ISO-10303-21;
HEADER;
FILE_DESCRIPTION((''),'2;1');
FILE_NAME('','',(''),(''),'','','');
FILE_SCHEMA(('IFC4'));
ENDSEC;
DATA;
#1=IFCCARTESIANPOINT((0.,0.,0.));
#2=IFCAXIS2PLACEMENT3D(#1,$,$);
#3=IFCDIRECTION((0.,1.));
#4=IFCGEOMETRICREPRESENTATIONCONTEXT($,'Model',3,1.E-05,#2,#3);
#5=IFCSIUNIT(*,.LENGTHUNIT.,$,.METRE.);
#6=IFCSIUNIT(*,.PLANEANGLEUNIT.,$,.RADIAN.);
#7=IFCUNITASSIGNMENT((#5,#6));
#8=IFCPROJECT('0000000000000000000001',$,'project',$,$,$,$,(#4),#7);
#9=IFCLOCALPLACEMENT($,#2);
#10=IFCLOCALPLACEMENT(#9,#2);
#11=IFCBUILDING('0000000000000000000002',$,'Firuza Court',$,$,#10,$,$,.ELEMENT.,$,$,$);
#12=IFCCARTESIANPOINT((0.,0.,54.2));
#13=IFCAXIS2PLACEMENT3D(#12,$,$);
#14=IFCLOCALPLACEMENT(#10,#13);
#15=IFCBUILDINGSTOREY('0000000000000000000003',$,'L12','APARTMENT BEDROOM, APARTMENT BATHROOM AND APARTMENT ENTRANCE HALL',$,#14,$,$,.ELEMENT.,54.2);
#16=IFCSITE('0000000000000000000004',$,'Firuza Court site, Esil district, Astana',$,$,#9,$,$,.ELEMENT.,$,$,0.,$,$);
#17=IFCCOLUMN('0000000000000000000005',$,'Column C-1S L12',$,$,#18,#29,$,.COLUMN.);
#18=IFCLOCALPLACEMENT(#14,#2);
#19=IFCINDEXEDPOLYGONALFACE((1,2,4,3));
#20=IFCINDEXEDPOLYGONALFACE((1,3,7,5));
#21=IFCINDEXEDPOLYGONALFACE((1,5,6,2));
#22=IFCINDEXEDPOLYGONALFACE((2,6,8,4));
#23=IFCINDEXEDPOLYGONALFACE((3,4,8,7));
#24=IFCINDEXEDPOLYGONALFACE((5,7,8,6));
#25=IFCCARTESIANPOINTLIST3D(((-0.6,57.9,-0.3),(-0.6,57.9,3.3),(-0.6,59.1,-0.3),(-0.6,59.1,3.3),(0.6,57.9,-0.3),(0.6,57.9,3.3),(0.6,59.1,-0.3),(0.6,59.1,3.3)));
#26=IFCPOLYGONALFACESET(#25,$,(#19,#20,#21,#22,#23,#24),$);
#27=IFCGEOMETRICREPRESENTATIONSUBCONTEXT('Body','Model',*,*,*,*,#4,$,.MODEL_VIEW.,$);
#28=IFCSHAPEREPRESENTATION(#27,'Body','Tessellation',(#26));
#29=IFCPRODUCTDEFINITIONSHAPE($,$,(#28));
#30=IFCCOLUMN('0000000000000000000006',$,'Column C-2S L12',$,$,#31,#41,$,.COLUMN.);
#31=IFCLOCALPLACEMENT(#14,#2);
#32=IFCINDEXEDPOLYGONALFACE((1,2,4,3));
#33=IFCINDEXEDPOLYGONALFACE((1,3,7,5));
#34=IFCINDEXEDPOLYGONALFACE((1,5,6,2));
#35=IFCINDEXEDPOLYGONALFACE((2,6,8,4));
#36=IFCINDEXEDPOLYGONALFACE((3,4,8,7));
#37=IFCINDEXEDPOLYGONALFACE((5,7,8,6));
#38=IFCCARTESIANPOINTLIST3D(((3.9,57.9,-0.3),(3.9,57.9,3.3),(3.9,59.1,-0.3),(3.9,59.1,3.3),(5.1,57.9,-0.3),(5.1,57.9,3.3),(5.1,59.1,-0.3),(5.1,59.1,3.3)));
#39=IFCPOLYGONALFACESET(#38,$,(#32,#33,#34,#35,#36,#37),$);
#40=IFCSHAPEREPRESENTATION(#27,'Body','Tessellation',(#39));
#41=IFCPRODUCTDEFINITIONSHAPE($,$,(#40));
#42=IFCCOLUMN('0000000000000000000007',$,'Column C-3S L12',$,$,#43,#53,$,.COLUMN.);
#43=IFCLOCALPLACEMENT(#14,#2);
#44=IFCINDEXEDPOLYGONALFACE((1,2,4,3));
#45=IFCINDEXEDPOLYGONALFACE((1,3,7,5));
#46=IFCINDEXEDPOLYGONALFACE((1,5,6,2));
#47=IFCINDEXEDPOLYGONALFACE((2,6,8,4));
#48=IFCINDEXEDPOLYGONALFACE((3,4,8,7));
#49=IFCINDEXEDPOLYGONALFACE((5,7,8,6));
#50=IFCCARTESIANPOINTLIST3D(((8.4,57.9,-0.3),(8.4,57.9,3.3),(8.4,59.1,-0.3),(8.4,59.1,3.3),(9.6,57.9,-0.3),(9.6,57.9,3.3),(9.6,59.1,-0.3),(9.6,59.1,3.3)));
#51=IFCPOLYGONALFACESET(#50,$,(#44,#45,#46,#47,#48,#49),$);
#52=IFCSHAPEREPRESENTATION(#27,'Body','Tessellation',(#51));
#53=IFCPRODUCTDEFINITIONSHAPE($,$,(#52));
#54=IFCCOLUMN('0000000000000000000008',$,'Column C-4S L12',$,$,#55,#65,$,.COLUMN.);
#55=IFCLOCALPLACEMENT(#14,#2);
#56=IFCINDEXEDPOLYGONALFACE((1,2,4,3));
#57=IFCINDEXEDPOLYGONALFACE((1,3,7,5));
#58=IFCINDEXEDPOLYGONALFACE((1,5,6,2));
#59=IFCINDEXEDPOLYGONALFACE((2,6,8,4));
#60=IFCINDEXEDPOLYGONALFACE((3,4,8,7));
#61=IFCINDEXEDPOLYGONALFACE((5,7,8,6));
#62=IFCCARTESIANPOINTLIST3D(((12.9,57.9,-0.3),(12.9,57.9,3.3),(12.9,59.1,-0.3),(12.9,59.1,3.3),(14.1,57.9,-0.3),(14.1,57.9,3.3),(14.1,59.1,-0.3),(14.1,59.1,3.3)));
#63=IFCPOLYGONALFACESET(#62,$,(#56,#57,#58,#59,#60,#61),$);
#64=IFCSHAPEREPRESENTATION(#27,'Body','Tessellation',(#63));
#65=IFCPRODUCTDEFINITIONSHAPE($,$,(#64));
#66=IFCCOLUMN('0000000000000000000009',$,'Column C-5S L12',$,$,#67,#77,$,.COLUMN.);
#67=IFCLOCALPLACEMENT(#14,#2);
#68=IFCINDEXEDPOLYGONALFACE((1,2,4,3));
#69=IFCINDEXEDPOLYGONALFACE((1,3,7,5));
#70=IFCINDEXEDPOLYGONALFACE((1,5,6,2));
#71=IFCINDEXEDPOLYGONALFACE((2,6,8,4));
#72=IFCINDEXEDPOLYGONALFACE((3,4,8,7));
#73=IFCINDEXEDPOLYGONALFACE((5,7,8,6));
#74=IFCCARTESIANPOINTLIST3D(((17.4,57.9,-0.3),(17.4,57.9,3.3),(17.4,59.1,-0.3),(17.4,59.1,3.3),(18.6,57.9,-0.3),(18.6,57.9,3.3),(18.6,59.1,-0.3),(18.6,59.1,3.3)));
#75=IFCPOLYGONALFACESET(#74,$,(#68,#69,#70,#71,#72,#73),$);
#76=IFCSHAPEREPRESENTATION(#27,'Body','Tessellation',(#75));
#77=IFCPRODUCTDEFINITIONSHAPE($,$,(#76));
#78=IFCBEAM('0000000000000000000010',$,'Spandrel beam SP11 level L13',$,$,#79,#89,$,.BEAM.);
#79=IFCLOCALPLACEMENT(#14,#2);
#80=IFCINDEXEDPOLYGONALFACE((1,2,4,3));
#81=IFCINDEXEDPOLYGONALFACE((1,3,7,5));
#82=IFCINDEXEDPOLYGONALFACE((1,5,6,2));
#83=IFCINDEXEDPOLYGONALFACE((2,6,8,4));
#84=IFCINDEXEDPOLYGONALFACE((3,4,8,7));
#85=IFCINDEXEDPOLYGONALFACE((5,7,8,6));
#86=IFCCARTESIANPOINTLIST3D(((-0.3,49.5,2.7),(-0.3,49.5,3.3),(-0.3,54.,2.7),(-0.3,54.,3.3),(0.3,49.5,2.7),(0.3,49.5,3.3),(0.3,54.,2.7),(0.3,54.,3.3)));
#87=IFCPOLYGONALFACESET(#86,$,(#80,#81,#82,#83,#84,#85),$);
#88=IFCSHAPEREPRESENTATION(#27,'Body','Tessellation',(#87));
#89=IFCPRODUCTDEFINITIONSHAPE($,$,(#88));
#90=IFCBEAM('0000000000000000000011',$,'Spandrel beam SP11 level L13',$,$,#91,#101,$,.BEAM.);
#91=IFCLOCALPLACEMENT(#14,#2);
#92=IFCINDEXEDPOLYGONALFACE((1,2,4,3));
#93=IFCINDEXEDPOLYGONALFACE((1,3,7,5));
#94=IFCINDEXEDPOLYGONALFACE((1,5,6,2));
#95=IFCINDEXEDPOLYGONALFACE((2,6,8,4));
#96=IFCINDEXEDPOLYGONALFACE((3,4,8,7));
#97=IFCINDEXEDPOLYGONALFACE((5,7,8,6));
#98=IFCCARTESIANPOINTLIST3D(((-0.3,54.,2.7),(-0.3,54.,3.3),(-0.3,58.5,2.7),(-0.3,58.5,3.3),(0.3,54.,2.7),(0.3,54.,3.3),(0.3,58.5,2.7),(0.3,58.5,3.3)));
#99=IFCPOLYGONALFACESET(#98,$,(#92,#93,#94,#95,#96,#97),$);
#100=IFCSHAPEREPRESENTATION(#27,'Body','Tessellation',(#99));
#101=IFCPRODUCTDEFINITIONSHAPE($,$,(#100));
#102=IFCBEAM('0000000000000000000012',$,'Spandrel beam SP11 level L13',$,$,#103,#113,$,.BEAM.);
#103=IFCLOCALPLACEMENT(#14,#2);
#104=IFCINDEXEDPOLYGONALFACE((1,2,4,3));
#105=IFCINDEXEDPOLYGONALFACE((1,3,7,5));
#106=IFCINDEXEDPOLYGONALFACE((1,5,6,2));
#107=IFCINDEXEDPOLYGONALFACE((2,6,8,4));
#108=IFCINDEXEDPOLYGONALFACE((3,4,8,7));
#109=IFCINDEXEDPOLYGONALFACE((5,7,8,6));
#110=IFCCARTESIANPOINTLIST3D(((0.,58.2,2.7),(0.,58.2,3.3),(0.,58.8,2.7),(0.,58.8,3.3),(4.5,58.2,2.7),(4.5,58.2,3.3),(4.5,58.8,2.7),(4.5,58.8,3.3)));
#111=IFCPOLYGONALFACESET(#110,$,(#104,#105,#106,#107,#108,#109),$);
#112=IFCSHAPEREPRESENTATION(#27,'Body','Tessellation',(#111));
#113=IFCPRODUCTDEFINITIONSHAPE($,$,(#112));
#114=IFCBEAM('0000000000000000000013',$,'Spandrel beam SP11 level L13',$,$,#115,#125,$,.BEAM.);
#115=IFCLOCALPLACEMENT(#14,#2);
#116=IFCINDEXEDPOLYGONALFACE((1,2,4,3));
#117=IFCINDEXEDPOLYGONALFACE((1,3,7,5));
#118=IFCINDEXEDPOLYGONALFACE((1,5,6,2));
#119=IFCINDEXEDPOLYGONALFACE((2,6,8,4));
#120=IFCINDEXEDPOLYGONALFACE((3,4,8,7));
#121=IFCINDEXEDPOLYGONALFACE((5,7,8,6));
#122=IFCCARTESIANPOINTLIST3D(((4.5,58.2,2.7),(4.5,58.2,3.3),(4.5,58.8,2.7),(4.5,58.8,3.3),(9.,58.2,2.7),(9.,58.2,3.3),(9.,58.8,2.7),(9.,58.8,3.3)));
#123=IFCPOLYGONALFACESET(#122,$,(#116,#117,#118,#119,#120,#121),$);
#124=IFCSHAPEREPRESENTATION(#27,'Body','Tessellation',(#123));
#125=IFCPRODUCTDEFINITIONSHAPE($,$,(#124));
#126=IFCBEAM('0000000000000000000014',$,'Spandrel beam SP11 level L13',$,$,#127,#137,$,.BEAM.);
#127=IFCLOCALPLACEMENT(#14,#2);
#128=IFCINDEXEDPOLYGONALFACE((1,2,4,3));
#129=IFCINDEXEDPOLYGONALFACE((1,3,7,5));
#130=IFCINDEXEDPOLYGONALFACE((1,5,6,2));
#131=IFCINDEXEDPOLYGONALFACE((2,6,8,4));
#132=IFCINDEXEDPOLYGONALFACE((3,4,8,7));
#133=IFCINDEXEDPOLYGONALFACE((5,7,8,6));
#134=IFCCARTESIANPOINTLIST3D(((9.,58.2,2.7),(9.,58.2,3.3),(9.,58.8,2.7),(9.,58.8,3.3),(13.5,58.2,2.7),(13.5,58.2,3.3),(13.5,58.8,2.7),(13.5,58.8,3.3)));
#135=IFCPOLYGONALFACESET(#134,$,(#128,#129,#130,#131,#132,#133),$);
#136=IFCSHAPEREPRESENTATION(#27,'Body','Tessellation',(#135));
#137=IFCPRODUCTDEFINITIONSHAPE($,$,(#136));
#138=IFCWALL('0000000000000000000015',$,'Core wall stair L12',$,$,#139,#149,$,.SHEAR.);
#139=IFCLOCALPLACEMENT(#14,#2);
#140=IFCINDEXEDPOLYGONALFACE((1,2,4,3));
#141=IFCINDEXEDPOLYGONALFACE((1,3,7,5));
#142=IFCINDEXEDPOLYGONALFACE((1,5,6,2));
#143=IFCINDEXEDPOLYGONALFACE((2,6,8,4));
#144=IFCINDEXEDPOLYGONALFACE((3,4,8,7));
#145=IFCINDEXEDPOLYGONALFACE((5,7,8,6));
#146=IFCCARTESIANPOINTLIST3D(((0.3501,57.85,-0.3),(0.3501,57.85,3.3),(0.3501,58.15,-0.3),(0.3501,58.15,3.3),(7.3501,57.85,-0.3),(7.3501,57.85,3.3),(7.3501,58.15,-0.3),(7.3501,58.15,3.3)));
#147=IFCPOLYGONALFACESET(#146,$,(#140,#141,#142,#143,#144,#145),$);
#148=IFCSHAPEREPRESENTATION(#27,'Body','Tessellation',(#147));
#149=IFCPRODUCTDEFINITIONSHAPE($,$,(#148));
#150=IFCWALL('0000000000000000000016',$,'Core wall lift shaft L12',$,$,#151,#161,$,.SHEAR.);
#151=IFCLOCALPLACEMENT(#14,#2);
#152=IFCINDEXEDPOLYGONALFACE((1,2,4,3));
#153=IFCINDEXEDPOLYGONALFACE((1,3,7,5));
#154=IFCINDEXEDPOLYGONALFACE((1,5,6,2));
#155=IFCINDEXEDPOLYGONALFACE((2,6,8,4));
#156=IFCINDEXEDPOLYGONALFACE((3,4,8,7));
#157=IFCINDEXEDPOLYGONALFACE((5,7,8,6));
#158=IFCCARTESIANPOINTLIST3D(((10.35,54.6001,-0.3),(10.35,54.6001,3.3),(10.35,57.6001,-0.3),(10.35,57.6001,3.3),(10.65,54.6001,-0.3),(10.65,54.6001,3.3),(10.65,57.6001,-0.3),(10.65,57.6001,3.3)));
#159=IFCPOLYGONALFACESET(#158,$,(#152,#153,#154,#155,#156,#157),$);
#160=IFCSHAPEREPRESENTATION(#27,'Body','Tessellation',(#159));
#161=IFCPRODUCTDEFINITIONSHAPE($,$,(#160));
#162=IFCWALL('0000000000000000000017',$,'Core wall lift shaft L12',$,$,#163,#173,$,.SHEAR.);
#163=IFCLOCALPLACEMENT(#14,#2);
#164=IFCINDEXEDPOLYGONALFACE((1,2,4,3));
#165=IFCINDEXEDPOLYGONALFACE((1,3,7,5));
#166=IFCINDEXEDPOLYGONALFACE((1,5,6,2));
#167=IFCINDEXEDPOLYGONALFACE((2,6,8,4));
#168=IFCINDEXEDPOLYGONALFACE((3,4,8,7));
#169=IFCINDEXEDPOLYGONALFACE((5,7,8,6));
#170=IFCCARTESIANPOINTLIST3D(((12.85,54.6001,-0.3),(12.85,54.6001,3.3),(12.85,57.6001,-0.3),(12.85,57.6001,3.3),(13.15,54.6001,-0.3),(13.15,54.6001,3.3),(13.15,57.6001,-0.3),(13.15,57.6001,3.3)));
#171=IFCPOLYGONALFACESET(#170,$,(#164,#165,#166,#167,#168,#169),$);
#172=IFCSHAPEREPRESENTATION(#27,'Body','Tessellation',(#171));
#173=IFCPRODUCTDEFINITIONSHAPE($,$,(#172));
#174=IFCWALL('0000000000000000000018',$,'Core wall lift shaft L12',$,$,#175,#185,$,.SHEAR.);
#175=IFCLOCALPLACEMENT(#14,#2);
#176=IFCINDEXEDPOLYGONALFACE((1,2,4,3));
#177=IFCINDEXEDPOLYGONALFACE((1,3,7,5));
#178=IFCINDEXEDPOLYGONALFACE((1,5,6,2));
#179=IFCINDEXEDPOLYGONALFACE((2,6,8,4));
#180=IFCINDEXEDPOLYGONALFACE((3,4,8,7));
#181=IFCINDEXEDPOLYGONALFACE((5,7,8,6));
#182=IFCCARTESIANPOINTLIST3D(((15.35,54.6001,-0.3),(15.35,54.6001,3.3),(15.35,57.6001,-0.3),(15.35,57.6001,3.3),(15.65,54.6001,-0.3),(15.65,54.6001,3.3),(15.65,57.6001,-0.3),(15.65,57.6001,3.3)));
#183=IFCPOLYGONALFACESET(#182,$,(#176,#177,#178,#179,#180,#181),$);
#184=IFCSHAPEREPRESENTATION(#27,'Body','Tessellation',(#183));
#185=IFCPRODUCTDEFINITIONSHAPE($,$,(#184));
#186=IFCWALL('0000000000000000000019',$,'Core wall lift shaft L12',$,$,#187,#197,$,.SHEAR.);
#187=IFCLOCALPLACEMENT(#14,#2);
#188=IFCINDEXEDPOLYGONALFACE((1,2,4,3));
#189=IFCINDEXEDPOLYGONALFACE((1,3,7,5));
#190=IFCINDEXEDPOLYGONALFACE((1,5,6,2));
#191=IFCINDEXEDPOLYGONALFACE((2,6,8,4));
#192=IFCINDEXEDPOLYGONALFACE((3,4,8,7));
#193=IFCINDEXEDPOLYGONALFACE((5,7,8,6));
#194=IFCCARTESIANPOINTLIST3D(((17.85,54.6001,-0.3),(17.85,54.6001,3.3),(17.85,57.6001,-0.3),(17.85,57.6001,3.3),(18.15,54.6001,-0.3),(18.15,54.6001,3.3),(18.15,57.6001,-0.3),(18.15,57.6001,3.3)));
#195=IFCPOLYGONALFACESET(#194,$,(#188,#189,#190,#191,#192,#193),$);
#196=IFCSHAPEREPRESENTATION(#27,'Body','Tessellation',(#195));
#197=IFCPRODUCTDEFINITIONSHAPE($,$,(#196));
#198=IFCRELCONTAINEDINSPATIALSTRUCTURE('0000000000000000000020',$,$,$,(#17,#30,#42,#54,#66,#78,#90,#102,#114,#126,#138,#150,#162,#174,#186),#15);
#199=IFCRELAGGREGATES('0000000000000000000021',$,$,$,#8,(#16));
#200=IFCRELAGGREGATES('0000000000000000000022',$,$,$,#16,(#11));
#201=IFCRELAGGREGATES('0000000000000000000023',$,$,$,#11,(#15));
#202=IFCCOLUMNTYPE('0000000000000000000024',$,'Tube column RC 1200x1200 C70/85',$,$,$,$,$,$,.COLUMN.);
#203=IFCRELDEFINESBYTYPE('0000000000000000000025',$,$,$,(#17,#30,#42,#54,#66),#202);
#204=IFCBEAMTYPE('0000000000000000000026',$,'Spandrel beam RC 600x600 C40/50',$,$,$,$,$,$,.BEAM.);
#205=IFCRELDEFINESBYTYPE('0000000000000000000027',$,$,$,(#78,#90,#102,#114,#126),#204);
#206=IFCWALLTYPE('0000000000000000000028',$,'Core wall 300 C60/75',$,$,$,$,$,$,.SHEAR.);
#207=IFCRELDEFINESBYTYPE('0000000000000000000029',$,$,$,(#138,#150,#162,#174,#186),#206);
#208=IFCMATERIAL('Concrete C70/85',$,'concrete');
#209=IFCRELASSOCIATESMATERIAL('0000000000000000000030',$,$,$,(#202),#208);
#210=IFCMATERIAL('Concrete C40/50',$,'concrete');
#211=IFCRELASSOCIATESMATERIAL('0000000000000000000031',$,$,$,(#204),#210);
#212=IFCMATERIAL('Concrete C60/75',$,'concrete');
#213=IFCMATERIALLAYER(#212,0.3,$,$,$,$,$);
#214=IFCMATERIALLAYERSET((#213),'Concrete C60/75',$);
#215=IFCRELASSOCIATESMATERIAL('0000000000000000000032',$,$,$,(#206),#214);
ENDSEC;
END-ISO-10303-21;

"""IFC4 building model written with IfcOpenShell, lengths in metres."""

from ifc_helpers import new_model, si_unit, direction, frame, frame_2d, origin, origin_2d, place, context, subcontext, project, spatial, rectangle, extrude, material, layer, layer_set, material_profile, profile_set, type_object, element, save


model = new_model("IFC4")

# Units and contexts
model_context = context("Model", 3, precision=1e-05, world=origin(), true_north=direction((0.0, 1.0)))
body_context = subcontext(model_context, "Body", "Model", "MODEL_VIEW")
ifc_project = project(units=[si_unit("LENGTHUNIT", "METRE"), si_unit("PLANEANGLEUNIT", "RADIAN")], contexts=[model_context])

# Site, building, storey
site_placement = place(None, origin())
site = spatial("IfcSite", under=ifc_project, at=site_placement, Name="Firuza Court site, Esil district, Astana", CompositionType="ELEMENT", RefElevation=0.0)
building_placement = place(site_placement, origin())
building = spatial("IfcBuilding", under=site, at=building_placement, Name="Firuza Court", CompositionType="ELEMENT")
storey_placement = place(building_placement, frame((0.0, 0.0, 54.2)))
storey = spatial("IfcBuildingStorey", under=building, at=storey_placement, Name="L12", Description="APARTMENT BEDROOM, APARTMENT BATHROOM AND APARTMENT ENTRANCE HALL", CompositionType="ELEMENT", Elevation=54.2)

# Columns
ifc_material_1 = material(Name="Concrete C70/85", Category="concrete")
ifc_material_profile_1 = material_profile(ifc_material_1, rectangle(XDim=1.2, YDim=1.2, at=origin_2d()), Name="RC 1200x1200")
ifc_profile_set_1 = profile_set([ifc_material_profile_1], Name="Concrete C70/85")
column_type = type_object("IfcColumnType", Name="Tube column RC 1200x1200 C70/85", PredefinedType="COLUMN", material=ifc_profile_set_1)
for number, where, z_axis, x_axis, name in (
    (1, (0.0, 58.5, -0.3), (0.0, 0.0, 1.0), (1.0, 0.0, 0.0), "Column C-1S L12"),
    (2, (4.5, 58.5, -0.3), (0.0, 0.0, 1.0), (1.0, 0.0, 0.0), "Column C-2S L12"),
    (3, (9.0, 58.5, -0.3), (0.0, 0.0, 1.0), (1.0, 0.0, 0.0), "Column C-3S L12"),
    (4, (13.5, 58.5, -0.3), (0.0, 0.0, 1.0), (1.0, 0.0, 0.0), "Column C-4S L12"),
    (5, (18.0, 58.5, -0.3), (0.0, 0.0, 1.0), (1.0, 0.0, 0.0), "Column C-5S L12"),
):
    element("IfcColumn", number, at=place(storey_placement, frame(where, z_axis=z_axis, x_axis=x_axis)), inside=storey, type_object=column_type, Name=name, PredefinedType="COLUMN", context=body_context, shape_type="SweptSolid", body=[
        extrude(rectangle(XDim=1.2, YDim=1.2, at=origin_2d()), origin(), (0.0, 0.0, 1.0), 3.6001),
    ])

# Beams
ifc_material_2 = material(Name="Concrete C40/50", Category="concrete")
ifc_material_profile_2 = material_profile(ifc_material_2, rectangle(XDim=0.6001, YDim=0.6001, at=origin_2d()), Name="RC 600x600")
ifc_profile_set_2 = profile_set([ifc_material_profile_2], Name="Concrete C40/50")
beam_type = type_object("IfcBeamType", Name="Spandrel beam RC 600x600 C40/50", PredefinedType="BEAM", material=ifc_profile_set_2)
for number, where, z_axis, x_axis, name in (
    (6, (0.0, 54.0, 3.0), (0.0, -1.0, 0.0), (1.0, 0.0, 0.0), "Spandrel beam SP11 level L13"),
    (7, (0.0, 58.5, 3.0), (0.0, -1.0, 0.0), (1.0, 0.0, 0.0), "Spandrel beam SP11 level L13"),
    (8, (4.5, 58.5, 3.0), (-1.0, 0.0, 0.0), (0.0, -1.0, 0.0), "Spandrel beam SP11 level L13"),
    (9, (9.0, 58.5, 3.0), (-1.0, 0.0, 0.0), (0.0, -1.0, 0.0), "Spandrel beam SP11 level L13"),
    (10, (13.5, 58.5, 3.0), (-1.0, 0.0, 0.0), (0.0, -1.0, 0.0), "Spandrel beam SP11 level L13"),
):
    element("IfcBeam", number, at=place(storey_placement, frame(where, z_axis=z_axis, x_axis=x_axis)), inside=storey, type_object=beam_type, Name=name, PredefinedType="BEAM", context=body_context, shape_type="SweptSolid", body=[
        extrude(rectangle(XDim=0.6001, YDim=0.6001, at=origin_2d()), origin(), (0.0, 0.0, 1.0), 4.5),
    ])

# Walls
ifc_material_3 = material(Name="Concrete C60/75", Category="concrete")
ifc_layer_1 = layer(ifc_material_3, 0.3)
ifc_layer_set_1 = layer_set([ifc_layer_1], Name="Concrete C60/75")
wall_type_1 = type_object("IfcWallType", Name="Core wall 300 C60/75", PredefinedType="SHEAR", material=ifc_layer_set_1)
wall_1_placement = place(storey_placement, frame((0.3501, 58.0, -0.3), z_axis=(0.0, 0.0, 1.0), x_axis=(1.0, 0.0, 0.0)))
element("IfcWall", 11, at=wall_1_placement, inside=storey, type_object=wall_type_1, Name="Core wall stair L12", PredefinedType="SHEAR", context=body_context, shape_type="SweptSolid", body=[
    extrude(rectangle(XDim=7.0, YDim=0.3, at=frame_2d((3.5, 0.0))), origin(), (0.0, 0.0, 1.0), 3.6001),
])
for number, where, z_axis, x_axis, name in (
    (12, (10.5, 54.6001, -0.3), (0.0, 0.0, 1.0), (0.0, 1.0, 0.0), "Core wall lift shaft L12"),
    (13, (13.0, 54.6001, -0.3), (0.0, 0.0, 1.0), (0.0, 1.0, 0.0), "Core wall lift shaft L12"),
    (14, (15.5, 54.6001, -0.3), (0.0, 0.0, 1.0), (0.0, 1.0, 0.0), "Core wall lift shaft L12"),
    (15, (18.0, 54.6001, -0.3), (0.0, 0.0, 1.0), (0.0, 1.0, 0.0), "Core wall lift shaft L12"),
):
    element("IfcWall", number, at=place(storey_placement, frame(where, z_axis=z_axis, x_axis=x_axis)), inside=storey, type_object=wall_type_1, Name=name, PredefinedType="SHEAR", context=body_context, shape_type="SweptSolid", body=[
        extrude(rectangle(XDim=3.0, YDim=0.3, at=frame_2d((1.5, 0.0))), origin(), (0.0, 0.0, 1.0), 3.6001),
    ])

save(model, "model.ifc")
